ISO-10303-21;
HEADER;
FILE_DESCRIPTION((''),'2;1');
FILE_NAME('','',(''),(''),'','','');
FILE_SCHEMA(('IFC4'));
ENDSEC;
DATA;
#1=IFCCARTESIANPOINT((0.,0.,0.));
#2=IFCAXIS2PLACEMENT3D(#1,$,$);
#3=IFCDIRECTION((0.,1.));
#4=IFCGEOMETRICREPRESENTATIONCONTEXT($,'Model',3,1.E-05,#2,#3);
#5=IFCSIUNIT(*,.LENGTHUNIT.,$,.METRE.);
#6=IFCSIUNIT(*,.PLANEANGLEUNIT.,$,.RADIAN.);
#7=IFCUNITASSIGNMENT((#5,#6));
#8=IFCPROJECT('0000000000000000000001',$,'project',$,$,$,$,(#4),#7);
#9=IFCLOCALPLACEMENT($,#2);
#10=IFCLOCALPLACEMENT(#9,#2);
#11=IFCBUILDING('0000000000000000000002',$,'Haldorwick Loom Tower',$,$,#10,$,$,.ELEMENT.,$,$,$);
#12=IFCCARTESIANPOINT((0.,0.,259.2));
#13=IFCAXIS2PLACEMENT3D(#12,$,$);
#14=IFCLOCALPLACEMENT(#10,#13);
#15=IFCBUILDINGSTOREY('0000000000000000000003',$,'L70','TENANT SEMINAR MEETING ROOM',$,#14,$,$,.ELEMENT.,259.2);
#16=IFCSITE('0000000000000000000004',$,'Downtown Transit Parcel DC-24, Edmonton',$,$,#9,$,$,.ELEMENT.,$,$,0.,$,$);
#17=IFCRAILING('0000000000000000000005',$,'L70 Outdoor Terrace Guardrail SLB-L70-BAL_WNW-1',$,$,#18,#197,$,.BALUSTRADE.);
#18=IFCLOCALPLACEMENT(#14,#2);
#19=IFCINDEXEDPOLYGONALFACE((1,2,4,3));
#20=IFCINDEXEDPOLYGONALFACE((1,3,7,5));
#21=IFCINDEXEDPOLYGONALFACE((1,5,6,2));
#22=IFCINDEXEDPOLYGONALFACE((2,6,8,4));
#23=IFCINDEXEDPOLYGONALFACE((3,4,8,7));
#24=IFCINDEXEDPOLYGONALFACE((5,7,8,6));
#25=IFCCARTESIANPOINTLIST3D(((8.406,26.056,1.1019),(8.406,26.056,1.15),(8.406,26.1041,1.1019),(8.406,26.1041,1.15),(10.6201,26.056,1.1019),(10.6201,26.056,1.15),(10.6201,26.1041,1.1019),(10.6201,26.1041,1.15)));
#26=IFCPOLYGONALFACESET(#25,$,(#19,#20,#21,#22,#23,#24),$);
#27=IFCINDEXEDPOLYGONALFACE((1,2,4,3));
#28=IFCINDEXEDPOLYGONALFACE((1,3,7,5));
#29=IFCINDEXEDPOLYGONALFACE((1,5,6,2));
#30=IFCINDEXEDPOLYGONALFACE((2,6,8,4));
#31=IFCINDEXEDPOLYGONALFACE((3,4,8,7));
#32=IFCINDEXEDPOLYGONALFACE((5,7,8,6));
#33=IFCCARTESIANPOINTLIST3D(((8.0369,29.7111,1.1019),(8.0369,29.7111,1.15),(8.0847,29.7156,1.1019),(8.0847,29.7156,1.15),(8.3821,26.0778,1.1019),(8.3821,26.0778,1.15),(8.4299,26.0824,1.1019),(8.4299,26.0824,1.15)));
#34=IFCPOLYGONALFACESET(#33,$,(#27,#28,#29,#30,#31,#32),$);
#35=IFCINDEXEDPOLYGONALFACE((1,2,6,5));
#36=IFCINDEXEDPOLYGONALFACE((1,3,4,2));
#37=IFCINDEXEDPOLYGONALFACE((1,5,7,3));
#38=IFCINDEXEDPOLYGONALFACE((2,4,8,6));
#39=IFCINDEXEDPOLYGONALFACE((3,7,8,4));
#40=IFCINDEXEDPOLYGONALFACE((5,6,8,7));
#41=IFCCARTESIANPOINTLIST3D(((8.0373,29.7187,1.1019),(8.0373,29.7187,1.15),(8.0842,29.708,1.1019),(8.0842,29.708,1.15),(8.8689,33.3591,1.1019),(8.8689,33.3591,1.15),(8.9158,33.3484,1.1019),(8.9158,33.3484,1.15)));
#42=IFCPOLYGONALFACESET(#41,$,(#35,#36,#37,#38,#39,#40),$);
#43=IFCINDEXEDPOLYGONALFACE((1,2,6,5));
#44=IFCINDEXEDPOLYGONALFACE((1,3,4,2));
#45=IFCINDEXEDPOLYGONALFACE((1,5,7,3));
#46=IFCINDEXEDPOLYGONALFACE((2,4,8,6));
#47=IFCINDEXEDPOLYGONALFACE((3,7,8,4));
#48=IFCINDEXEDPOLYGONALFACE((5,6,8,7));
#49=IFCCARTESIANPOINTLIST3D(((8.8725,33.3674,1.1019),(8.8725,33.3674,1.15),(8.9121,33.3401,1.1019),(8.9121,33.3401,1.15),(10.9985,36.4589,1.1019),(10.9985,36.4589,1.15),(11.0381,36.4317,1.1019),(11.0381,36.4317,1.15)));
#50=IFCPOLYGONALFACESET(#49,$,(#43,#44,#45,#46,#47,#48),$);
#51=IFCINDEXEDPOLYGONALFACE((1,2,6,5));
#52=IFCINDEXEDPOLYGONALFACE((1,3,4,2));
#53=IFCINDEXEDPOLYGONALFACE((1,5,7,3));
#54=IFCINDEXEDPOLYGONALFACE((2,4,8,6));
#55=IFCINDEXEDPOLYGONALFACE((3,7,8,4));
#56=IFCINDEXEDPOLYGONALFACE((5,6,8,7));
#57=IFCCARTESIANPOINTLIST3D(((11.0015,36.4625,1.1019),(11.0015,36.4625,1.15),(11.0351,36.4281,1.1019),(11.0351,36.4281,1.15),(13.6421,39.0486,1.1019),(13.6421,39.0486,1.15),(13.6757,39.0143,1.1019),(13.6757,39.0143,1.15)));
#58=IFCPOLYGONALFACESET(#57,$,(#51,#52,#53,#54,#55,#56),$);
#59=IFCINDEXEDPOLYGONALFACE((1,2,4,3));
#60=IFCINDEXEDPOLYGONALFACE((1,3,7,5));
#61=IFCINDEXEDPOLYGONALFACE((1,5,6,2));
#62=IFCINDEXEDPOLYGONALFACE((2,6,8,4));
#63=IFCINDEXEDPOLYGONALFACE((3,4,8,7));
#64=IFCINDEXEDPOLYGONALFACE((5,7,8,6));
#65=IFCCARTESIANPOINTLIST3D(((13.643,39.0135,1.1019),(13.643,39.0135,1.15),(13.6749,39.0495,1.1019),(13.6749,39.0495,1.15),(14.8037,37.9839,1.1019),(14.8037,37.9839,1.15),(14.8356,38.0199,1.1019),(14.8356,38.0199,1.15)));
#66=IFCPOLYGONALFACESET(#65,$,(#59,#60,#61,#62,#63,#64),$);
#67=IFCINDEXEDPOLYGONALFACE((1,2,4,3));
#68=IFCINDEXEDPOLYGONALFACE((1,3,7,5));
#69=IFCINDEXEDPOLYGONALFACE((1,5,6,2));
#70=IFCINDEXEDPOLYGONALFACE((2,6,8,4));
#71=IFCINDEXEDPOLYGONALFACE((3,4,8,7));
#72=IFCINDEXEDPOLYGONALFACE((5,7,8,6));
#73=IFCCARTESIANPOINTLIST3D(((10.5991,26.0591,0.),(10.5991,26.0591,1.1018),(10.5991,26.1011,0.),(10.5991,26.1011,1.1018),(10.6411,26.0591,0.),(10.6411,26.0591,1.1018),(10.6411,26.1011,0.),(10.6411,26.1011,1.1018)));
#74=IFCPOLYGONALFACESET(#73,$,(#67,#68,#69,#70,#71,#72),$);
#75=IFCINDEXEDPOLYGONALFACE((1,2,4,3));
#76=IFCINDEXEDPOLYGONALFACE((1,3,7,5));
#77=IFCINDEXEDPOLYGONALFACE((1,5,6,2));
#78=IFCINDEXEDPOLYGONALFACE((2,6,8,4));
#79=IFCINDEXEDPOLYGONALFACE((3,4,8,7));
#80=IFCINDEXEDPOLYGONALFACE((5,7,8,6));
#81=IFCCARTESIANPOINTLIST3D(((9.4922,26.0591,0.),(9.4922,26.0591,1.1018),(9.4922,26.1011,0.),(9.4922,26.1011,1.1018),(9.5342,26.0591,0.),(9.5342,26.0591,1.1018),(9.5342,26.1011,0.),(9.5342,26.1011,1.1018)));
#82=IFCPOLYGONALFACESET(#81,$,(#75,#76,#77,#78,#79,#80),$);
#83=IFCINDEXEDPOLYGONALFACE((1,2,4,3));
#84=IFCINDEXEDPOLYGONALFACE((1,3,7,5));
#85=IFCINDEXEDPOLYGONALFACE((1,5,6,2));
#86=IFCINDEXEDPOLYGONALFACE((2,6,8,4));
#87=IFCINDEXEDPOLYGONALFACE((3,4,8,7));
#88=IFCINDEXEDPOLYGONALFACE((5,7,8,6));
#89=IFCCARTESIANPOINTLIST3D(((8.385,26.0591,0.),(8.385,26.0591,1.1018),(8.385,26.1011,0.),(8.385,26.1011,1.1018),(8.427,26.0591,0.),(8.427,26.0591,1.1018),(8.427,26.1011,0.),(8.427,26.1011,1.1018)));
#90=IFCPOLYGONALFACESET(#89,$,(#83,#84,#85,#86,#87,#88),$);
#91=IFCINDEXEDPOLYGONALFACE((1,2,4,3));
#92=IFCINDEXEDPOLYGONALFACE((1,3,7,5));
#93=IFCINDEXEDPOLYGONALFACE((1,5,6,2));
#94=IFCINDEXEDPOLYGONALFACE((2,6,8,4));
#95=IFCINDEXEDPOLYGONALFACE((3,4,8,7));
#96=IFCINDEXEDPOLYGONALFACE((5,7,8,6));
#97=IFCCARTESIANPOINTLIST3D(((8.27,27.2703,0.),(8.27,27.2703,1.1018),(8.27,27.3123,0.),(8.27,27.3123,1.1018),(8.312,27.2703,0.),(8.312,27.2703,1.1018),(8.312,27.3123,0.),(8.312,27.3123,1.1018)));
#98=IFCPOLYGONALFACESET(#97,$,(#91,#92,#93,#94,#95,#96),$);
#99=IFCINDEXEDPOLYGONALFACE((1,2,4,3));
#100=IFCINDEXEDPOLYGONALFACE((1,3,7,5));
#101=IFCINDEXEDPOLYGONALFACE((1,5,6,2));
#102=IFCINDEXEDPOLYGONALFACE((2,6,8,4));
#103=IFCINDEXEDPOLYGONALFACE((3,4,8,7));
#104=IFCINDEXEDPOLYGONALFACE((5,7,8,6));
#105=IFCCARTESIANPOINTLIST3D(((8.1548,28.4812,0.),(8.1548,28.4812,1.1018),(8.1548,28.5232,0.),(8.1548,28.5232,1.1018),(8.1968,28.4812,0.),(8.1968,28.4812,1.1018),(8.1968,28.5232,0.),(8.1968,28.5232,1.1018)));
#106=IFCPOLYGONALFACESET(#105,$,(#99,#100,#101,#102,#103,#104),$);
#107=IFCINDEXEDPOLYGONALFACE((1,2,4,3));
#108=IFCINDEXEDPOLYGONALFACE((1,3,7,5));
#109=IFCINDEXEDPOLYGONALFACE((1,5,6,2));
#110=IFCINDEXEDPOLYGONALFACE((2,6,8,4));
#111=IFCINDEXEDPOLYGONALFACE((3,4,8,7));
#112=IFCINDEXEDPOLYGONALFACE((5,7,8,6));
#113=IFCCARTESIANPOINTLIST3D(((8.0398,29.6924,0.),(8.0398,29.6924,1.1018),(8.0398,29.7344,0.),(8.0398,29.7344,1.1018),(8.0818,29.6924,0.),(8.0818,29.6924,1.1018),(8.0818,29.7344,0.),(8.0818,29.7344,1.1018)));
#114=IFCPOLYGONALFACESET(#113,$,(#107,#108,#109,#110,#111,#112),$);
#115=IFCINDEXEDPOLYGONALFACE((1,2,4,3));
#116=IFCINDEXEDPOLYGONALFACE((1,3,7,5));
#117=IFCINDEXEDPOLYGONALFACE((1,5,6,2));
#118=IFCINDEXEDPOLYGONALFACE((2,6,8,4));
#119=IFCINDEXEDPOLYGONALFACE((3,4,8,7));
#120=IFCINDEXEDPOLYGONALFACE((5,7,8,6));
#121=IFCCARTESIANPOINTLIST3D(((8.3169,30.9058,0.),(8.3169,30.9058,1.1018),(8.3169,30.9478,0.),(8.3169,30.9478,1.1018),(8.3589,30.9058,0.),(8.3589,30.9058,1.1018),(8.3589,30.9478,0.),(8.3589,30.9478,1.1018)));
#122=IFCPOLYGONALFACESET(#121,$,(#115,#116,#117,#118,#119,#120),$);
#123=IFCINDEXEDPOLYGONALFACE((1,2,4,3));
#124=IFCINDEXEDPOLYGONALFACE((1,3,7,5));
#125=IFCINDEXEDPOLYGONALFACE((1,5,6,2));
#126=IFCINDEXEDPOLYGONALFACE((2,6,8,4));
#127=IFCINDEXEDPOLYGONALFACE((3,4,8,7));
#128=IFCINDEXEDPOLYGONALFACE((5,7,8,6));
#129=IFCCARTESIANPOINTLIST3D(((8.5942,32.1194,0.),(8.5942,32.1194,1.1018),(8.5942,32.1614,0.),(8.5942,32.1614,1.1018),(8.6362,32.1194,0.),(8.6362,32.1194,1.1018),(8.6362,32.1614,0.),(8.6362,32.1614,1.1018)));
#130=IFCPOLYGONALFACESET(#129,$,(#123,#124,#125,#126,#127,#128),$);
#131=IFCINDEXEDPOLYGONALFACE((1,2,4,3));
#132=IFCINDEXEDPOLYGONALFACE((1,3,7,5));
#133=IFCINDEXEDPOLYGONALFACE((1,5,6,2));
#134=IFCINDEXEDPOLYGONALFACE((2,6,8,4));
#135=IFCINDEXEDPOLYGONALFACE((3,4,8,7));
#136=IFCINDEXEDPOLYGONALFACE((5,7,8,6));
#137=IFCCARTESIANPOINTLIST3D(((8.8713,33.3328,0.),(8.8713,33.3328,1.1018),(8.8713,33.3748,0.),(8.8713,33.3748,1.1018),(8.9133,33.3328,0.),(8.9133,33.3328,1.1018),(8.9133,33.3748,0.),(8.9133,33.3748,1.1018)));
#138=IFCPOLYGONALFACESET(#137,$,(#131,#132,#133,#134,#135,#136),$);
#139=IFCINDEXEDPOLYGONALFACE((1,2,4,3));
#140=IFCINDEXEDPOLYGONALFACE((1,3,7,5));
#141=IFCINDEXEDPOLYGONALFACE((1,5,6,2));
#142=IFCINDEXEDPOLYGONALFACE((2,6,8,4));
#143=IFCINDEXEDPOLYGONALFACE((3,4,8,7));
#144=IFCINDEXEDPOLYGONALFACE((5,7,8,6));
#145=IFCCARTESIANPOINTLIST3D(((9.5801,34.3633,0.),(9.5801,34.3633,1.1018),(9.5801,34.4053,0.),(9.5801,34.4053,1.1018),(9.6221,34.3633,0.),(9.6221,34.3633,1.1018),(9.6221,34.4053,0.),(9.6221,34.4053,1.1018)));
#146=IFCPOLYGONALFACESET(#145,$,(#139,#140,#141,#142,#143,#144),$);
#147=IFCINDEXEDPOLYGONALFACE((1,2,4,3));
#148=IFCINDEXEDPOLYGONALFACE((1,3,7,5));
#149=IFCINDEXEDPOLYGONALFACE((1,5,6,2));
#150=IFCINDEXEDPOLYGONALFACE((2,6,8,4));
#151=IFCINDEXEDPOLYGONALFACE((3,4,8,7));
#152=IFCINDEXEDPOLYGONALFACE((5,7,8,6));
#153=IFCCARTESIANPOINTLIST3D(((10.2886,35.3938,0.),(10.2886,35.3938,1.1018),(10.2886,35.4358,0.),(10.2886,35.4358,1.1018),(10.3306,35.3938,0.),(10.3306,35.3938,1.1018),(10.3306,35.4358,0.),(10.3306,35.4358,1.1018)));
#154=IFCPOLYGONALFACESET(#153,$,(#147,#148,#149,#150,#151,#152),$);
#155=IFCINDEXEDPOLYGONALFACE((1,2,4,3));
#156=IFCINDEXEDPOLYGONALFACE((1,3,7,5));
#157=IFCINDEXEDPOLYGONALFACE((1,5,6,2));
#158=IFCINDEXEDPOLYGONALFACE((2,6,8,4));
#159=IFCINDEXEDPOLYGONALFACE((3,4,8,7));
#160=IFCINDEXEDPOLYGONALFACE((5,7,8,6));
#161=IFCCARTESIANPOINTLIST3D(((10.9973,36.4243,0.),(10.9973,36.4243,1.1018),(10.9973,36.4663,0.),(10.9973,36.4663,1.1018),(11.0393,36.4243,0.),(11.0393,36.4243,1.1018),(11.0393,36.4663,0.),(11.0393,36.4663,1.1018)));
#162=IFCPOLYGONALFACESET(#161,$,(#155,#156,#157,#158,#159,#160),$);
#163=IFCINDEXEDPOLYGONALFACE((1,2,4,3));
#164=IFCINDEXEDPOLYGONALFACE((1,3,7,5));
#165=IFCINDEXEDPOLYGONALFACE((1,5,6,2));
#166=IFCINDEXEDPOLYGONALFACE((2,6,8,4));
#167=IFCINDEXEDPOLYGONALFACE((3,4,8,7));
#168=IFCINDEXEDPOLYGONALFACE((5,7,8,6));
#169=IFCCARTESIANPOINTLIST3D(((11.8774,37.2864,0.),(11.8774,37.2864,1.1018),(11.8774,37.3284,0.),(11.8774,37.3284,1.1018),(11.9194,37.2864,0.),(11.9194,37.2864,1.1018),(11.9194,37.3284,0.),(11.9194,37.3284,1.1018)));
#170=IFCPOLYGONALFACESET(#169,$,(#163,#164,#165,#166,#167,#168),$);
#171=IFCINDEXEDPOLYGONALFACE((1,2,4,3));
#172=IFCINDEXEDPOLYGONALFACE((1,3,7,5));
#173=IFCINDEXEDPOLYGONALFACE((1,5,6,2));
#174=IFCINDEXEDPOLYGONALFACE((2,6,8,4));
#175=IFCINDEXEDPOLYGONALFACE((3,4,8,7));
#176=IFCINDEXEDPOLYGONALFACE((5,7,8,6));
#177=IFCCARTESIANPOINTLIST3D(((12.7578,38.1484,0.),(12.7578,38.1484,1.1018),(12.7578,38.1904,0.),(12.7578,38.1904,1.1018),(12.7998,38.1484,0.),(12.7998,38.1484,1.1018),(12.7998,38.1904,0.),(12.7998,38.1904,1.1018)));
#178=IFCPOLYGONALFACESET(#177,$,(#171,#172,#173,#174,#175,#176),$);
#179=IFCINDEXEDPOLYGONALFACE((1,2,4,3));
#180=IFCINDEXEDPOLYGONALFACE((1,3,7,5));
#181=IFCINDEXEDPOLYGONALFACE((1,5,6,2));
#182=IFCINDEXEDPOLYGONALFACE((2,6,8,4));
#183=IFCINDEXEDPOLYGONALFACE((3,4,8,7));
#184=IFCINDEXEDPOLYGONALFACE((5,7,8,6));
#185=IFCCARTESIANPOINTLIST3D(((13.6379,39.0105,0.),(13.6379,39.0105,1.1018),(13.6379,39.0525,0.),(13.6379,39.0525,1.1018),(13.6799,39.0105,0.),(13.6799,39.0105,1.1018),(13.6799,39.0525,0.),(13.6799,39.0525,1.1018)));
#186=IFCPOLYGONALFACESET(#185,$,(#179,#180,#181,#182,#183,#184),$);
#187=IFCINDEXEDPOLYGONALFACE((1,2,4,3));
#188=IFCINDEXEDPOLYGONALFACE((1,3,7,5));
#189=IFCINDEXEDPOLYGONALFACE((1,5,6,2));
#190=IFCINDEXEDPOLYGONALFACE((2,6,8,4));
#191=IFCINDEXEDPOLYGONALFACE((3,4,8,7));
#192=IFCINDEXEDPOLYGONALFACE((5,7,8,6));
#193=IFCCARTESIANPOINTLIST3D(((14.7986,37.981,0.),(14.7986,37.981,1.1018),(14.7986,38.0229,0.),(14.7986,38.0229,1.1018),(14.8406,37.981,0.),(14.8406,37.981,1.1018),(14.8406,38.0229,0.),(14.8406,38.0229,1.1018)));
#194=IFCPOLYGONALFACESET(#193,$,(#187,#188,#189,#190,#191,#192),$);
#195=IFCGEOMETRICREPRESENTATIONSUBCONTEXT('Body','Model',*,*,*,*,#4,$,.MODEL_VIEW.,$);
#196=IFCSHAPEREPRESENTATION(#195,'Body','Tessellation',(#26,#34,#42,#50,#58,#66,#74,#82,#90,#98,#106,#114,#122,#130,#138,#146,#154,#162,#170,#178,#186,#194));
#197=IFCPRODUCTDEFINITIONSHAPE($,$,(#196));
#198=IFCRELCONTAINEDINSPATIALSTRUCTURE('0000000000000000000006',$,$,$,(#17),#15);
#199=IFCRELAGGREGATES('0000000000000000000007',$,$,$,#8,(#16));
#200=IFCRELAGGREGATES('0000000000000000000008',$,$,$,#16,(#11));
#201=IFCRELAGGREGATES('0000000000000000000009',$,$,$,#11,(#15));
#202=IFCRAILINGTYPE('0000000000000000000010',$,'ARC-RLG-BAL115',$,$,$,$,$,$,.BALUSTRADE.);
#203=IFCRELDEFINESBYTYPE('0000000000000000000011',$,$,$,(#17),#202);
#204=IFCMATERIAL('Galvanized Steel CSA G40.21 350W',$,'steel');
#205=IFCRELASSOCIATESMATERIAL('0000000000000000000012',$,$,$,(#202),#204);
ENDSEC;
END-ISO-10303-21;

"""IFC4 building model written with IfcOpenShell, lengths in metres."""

from ifc_helpers import new_model, si_unit, direction, frame, origin, origin_2d, place, context, subcontext, project, spatial, rectangle, extrude, material, type_object, element, save


model = new_model("IFC4")

# Units and contexts
model_context = context("Model", 3, precision=1e-05, world=origin(), true_north=direction((0.0, 1.0)))
body_context = subcontext(model_context, "Body", "Model", "MODEL_VIEW")
ifc_project = project(units=[si_unit("LENGTHUNIT", "METRE"), si_unit("PLANEANGLEUNIT", "RADIAN")], contexts=[model_context])

# Site, building, storey
site_placement = place(None, origin())
site = spatial("IfcSite", under=ifc_project, at=site_placement, Name="Downtown Transit Parcel DC-24, Edmonton", CompositionType="ELEMENT", RefElevation=0.0)
building_placement = place(site_placement, origin())
building = spatial("IfcBuilding", under=site, at=building_placement, Name="Haldorwick Loom Tower", CompositionType="ELEMENT")
storey_placement = place(building_placement, frame((0.0, 0.0, 259.2)))
storey = spatial("IfcBuildingStorey", under=building, at=storey_placement, Name="L70", Description="TENANT SEMINAR MEETING ROOM", CompositionType="ELEMENT", Elevation=259.2)

# Railing
ifc_material_1 = material(Name="Galvanized Steel CSA G40.21 350W", Category="steel")
railing_type = type_object("IfcRailingType", Name="ARC-RLG-BAL115", PredefinedType="BALUSTRADE", material=ifc_material_1)
railing_placement = place(storey_placement, frame((10.6201, 26.0801, 0.0)))
element("IfcRailing", 1, at=railing_placement, inside=storey, type_object=railing_type, Name="L70 Outdoor Terrace Guardrail SLB-L70-BAL_WNW-1", PredefinedType="BALUSTRADE", context=body_context, shape_type="SweptSolid", body=[
    extrude(rectangle(XDim=0.0481, YDim=0.0481, at=origin_2d()), frame((0.0, 0.0, 1.126), z_axis=(-1.0, 0.0, 0.0), x_axis=(0.0, -1.0, 0.0)), (0.0, 0.0, 1.0), 2.2141),
    extrude(rectangle(XDim=0.0481, YDim=0.0481, at=origin_2d()), frame((-2.2141, 0.0, 1.126), z_axis=(-0.094588, 0.995516, 0.0), x_axis=(-0.995516, -0.094588, 0.0)), (0.0, 0.0, 1.0), 3.6497),
    extrude(rectangle(XDim=0.0481, YDim=0.0481, at=origin_2d()), frame((-2.5593, 3.6333, 1.126), z_axis=(0.222686, 0.97489, 0.0), x_axis=(-0.97489, 0.222686, 0.0)), (0.0, 0.0, 1.0), 3.7341),
    extrude(rectangle(XDim=0.0481, YDim=0.0481, at=origin_2d()), frame((-1.7278, 7.2737, 1.126), z_axis=(0.566625, 0.823975, 0.0), x_axis=(-0.823975, 0.566625, 0.0)), (0.0, 0.0, 1.0), 3.752),
    extrude(rectangle(XDim=0.0481, YDim=0.0481, at=origin_2d()), frame((0.3982, 10.3652, 1.126), z_axis=(0.714433, 0.699703, 0.0), x_axis=(-0.699703, 0.714433, 0.0)), (0.0, 0.0, 1.0), 3.696),
    extrude(rectangle(XDim=0.0481, YDim=0.0481, at=origin_2d()), frame((3.0388, 12.9514, 1.126), z_axis=(0.748095, -0.663592, 0.0), x_axis=(0.663592, 0.748095, 0.0)), (0.0, 0.0, 1.0), 1.5515),
    extrude(rectangle(XDim=0.042, YDim=0.042, at=origin_2d()), origin(), (0.0, 0.0, 1.0), 1.1018),
    extrude(rectangle(XDim=0.042, YDim=0.042, at=origin_2d()), frame((-1.1069, 0.0, 0.0)), (0.0, 0.0, 1.0), 1.1018),
    extrude(rectangle(XDim=0.042, YDim=0.042, at=origin_2d()), frame((-2.2141, 0.0, 0.0)), (0.0, 0.0, 1.0), 1.1018),
    extrude(rectangle(XDim=0.042, YDim=0.042, at=origin_2d()), frame((-2.3291, 1.2112, 0.0)), (0.0, 0.0, 1.0), 1.1018),
    extrude(rectangle(XDim=0.042, YDim=0.042, at=origin_2d()), frame((-2.4443, 2.4221, 0.0)), (0.0, 0.0, 1.0), 1.1018),
    extrude(rectangle(XDim=0.042, YDim=0.042, at=origin_2d()), frame((-2.5593, 3.6333, 0.0)), (0.0, 0.0, 1.0), 1.1018),
    extrude(rectangle(XDim=0.042, YDim=0.042, at=origin_2d()), frame((-2.2822, 4.8467, 0.0)), (0.0, 0.0, 1.0), 1.1018),
    extrude(rectangle(XDim=0.042, YDim=0.042, at=origin_2d()), frame((-2.0049, 6.0603, 0.0)), (0.0, 0.0, 1.0), 1.1018),
    extrude(rectangle(XDim=0.042, YDim=0.042, at=origin_2d()), frame((-1.7278, 7.2737, 0.0)), (0.0, 0.0, 1.0), 1.1018),
    extrude(rectangle(XDim=0.042, YDim=0.042, at=origin_2d()), frame((-1.019, 8.3042, 0.0)), (0.0, 0.0, 1.0), 1.1018),
    extrude(rectangle(XDim=0.042, YDim=0.042, at=origin_2d()), frame((-0.3105, 9.3347, 0.0)), (0.0, 0.0, 1.0), 1.1018),
    extrude(rectangle(XDim=0.042, YDim=0.042, at=origin_2d()), frame((0.3982, 10.3652, 0.0)), (0.0, 0.0, 1.0), 1.1018),
    extrude(rectangle(XDim=0.042, YDim=0.042, at=origin_2d()), frame((1.2783, 11.2273, 0.0)), (0.0, 0.0, 1.0), 1.1018),
    extrude(rectangle(XDim=0.042, YDim=0.042, at=origin_2d()), frame((2.1587, 12.0894, 0.0)), (0.0, 0.0, 1.0), 1.1018),
    extrude(rectangle(XDim=0.042, YDim=0.042, at=origin_2d()), frame((3.0388, 12.9514, 0.0)), (0.0, 0.0, 1.0), 1.1018),
    extrude(rectangle(XDim=0.042, YDim=0.042, at=origin_2d()), frame((4.1995, 11.9219, 0.0)), (0.0, 0.0, 1.0), 1.1018),
])

save(model, "model.ifc")
